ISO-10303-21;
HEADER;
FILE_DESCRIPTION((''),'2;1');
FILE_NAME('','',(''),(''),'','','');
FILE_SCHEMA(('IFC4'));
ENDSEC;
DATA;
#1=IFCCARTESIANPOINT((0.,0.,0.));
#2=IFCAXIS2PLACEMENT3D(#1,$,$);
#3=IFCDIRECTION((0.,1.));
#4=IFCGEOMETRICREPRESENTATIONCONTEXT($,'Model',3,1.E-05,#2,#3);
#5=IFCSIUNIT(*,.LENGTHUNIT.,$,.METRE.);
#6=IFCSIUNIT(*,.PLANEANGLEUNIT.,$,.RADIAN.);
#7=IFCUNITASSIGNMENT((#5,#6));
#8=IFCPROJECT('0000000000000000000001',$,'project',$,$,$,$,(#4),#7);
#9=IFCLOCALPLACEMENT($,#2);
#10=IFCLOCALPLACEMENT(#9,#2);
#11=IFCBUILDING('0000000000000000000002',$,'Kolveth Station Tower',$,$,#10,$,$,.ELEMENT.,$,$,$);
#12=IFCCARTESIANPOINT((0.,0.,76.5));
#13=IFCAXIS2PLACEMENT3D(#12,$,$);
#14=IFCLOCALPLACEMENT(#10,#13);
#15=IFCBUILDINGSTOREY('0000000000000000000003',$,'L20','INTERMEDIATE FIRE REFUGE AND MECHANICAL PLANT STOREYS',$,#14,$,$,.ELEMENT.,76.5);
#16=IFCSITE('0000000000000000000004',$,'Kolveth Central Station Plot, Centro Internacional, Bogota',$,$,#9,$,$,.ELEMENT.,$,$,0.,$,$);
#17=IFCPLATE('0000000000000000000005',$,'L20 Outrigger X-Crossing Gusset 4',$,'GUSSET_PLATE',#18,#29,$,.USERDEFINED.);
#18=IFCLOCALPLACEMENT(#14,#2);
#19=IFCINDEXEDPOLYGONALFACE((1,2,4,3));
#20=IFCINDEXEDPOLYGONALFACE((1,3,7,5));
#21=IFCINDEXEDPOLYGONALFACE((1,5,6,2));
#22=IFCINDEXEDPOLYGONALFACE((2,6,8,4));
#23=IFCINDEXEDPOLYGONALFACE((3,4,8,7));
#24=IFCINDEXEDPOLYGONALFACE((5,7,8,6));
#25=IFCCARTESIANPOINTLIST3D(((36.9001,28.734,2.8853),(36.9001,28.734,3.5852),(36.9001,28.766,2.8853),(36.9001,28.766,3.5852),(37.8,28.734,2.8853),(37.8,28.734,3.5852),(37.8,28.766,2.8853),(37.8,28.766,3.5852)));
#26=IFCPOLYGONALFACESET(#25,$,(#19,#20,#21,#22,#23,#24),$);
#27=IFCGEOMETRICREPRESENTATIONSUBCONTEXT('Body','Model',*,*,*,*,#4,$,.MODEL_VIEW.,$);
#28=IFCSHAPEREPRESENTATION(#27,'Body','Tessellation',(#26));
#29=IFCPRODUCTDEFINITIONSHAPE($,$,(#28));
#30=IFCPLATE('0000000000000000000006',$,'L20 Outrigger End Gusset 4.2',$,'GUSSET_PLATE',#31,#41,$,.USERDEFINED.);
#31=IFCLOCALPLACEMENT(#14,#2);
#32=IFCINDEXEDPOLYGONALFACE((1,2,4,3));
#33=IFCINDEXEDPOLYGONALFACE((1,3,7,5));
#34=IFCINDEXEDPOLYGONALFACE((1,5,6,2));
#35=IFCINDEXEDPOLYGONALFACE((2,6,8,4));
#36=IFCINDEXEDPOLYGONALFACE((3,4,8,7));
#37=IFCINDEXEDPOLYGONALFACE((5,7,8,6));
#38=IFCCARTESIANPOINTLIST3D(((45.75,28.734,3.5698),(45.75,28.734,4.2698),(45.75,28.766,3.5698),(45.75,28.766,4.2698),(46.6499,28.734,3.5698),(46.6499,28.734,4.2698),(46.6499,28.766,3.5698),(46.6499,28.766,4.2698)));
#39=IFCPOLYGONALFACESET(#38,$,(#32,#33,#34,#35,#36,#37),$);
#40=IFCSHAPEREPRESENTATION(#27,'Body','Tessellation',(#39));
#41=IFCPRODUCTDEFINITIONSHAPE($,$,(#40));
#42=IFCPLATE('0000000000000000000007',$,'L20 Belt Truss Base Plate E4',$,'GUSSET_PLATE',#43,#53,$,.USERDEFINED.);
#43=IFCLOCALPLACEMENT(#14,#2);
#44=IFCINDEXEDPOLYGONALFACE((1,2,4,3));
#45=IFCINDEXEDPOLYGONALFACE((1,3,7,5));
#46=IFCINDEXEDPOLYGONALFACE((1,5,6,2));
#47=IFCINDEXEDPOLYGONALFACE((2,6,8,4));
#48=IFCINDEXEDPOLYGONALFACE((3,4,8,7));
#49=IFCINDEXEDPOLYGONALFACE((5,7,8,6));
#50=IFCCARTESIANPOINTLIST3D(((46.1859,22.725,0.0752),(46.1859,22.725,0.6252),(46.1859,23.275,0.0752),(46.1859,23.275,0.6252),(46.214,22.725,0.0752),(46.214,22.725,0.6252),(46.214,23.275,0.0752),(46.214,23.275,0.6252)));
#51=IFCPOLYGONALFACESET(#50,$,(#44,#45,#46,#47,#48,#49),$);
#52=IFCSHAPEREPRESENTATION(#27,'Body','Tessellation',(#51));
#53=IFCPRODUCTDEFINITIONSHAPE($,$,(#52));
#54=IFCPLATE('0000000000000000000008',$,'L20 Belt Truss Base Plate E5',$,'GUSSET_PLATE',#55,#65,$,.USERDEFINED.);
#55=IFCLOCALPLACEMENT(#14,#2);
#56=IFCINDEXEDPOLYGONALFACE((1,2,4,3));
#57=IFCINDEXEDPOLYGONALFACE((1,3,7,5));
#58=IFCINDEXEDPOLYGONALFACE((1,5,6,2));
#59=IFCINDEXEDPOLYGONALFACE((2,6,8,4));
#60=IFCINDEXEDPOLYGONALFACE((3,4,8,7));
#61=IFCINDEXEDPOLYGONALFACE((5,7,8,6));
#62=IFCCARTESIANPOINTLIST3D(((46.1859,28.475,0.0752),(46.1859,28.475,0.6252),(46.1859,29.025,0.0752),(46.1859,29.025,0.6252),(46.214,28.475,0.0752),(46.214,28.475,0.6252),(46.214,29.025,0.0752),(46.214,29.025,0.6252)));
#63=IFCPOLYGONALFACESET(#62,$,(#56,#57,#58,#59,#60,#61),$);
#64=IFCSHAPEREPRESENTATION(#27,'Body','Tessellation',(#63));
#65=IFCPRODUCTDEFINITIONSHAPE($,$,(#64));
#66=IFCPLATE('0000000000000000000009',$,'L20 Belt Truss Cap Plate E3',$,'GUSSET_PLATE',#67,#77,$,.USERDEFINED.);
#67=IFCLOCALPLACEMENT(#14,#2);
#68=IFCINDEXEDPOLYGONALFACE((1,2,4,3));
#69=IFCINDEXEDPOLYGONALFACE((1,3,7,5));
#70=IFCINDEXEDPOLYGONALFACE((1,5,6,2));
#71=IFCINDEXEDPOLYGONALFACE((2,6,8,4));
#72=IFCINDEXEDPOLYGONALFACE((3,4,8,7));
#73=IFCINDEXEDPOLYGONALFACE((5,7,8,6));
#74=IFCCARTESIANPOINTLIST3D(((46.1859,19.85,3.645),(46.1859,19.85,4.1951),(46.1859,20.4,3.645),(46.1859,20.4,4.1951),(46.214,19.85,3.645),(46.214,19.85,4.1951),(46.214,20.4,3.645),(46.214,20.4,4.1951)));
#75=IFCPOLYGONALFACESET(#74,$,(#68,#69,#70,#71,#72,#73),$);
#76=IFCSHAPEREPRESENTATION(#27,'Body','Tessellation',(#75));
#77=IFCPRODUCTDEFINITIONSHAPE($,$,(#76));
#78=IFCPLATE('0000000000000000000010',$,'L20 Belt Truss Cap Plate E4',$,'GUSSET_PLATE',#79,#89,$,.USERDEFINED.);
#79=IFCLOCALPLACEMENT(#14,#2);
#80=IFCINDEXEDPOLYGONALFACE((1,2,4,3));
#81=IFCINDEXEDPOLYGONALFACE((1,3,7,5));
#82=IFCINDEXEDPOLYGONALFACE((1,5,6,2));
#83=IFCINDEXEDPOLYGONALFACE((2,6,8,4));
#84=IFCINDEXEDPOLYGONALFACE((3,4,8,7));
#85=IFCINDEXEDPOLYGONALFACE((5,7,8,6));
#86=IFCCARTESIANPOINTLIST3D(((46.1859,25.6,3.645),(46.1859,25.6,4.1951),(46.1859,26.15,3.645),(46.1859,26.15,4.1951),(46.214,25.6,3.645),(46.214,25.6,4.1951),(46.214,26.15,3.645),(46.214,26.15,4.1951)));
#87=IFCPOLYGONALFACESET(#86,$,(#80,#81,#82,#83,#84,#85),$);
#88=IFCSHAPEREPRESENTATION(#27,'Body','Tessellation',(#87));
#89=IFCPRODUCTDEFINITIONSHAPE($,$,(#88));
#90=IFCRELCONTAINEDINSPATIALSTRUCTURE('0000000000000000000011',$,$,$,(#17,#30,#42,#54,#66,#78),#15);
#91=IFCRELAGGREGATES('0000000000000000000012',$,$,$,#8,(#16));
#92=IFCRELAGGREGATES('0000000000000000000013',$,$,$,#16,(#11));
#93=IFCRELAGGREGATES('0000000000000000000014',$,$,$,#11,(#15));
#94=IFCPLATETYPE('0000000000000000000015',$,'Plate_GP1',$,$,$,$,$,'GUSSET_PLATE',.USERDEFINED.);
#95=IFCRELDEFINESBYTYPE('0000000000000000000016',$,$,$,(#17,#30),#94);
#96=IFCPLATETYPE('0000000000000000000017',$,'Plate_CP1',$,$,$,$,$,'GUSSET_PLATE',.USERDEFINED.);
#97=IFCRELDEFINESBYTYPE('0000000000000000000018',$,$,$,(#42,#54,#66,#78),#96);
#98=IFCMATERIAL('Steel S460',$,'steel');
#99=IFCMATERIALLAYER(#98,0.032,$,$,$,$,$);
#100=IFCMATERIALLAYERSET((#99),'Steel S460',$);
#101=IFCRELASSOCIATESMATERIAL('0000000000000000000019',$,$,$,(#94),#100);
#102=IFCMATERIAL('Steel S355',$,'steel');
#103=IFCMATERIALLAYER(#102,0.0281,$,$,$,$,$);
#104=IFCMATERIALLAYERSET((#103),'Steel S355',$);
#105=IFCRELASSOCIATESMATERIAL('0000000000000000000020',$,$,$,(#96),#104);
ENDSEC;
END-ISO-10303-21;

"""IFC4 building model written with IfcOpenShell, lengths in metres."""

from ifc_helpers import new_model, si_unit, direction, frame, origin, origin_2d, place, context, subcontext, project, spatial, rectangle, extrude, source, transform, mapped, material, layer, layer_set, type_object, element, save


model = new_model("IFC4")

# Units and contexts
model_context = context("Model", 3, precision=1e-05, world=origin(), true_north=direction((0.0, 1.0)))
body_context = subcontext(model_context, "Body", "Model", "MODEL_VIEW")
ifc_project = project(units=[si_unit("LENGTHUNIT", "METRE"), si_unit("PLANEANGLEUNIT", "RADIAN")], contexts=[model_context])

# Site, building, storey
site_placement = place(None, origin())
site = spatial("IfcSite", under=ifc_project, at=site_placement, Name="Kolveth Central Station Plot, Centro Internacional, Bogota", CompositionType="ELEMENT", RefElevation=0.0)
building_placement = place(site_placement, origin())
building = spatial("IfcBuilding", under=site, at=building_placement, Name="Kolveth Station Tower", CompositionType="ELEMENT")
storey_placement = place(building_placement, frame((0.0, 0.0, 76.5)))
storey = spatial("IfcBuildingStorey", under=building, at=storey_placement, Name="L20", Description="INTERMEDIATE FIRE REFUGE AND MECHANICAL PLANT STOREYS", CompositionType="ELEMENT", Elevation=76.5)

# Shared definitions
ifc_material_1 = material(Name="Steel S460", Category="steel")
ifc_material_2 = material(Name="Steel S355", Category="steel")

# Plates
ifc_layer_1 = layer(ifc_material_1, 0.032)
ifc_layer_set_1 = layer_set([ifc_layer_1], Name="Steel S460")
plate_type_1 = type_object("IfcPlateType", Name="Plate_GP1", ElementType="GUSSET_PLATE", PredefinedType="USERDEFINED", material=ifc_layer_set_1)
shared_shape_1 = source(origin(), body_context, "Body", "SweptSolid", [
    extrude(rectangle(XDim=0.8999, YDim=0.032, at=origin_2d()), origin(), (0.0, 0.0, 1.0), 0.7),
])
for number, where, z_axis, x_axis, name in (
    (1, (37.3501, 28.75, 2.8853), (0.0, 0.0, 1.0), (1.0, 0.0, 0.0), "L20 Outrigger X-Crossing Gusset 4"),
    (2, (46.2, 28.75, 3.5698), (0.0, 0.0, 1.0), (1.0, 0.0, 0.0), "L20 Outrigger End Gusset 4.2"),
):
    element("IfcPlate", number, at=place(storey_placement, frame(where, z_axis=z_axis, x_axis=x_axis)), inside=storey, type_object=plate_type_1, Name=name, ObjectType="GUSSET_PLATE", PredefinedType="USERDEFINED", context=body_context, shape_type="MappedRepresentation", body=[
        mapped(shared_shape_1, transform((0.0, 0.0, 0.0), x_axis=(1.0, 0.0, 0.0), y_axis=(0.0, 1.0, 0.0), z_axis=(0.0, 0.0, 1.0), scale=1.0)),
    ])
ifc_layer_2 = layer(ifc_material_2, 0.0281)
ifc_layer_set_2 = layer_set([ifc_layer_2], Name="Steel S355")
plate_type_2 = type_object("IfcPlateType", Name="Plate_CP1", ElementType="GUSSET_PLATE", PredefinedType="USERDEFINED", material=ifc_layer_set_2)
shared_shape_2 = source(origin(), body_context, "Body", "SweptSolid", [
    extrude(rectangle(XDim=0.0281, YDim=0.55, at=origin_2d()), origin(), (0.0, 0.0, 1.0), 0.55),
])
for number, where, z_axis, x_axis, name in (
    (3, (46.2, 23.0, 0.0752), (0.0, 0.0, 1.0), (1.0, 0.0, 0.0), "L20 Belt Truss Base Plate E4"),
    (4, (46.2, 28.75, 0.0752), (0.0, 0.0, 1.0), (1.0, 0.0, 0.0), "L20 Belt Truss Base Plate E5"),
    (5, (46.2, 20.125, 3.645), (0.0, 0.0, 1.0), (1.0, 0.0, 0.0), "L20 Belt Truss Cap Plate E3"),
    (6, (46.2, 25.875, 3.645), (0.0, 0.0, 1.0), (1.0, 0.0, 0.0), "L20 Belt Truss Cap Plate E4"),
):
    element("IfcPlate", number, at=place(storey_placement, frame(where, z_axis=z_axis, x_axis=x_axis)), inside=storey, type_object=plate_type_2, Name=name, ObjectType="GUSSET_PLATE", PredefinedType="USERDEFINED", context=body_context, shape_type="MappedRepresentation", body=[
        mapped(shared_shape_2, transform((0.0, 0.0, 0.0), x_axis=(1.0, 0.0, 0.0), y_axis=(0.0, 1.0, 0.0), z_axis=(0.0, 0.0, 1.0), scale=1.0)),
    ])

save(model, "model.ifc")
